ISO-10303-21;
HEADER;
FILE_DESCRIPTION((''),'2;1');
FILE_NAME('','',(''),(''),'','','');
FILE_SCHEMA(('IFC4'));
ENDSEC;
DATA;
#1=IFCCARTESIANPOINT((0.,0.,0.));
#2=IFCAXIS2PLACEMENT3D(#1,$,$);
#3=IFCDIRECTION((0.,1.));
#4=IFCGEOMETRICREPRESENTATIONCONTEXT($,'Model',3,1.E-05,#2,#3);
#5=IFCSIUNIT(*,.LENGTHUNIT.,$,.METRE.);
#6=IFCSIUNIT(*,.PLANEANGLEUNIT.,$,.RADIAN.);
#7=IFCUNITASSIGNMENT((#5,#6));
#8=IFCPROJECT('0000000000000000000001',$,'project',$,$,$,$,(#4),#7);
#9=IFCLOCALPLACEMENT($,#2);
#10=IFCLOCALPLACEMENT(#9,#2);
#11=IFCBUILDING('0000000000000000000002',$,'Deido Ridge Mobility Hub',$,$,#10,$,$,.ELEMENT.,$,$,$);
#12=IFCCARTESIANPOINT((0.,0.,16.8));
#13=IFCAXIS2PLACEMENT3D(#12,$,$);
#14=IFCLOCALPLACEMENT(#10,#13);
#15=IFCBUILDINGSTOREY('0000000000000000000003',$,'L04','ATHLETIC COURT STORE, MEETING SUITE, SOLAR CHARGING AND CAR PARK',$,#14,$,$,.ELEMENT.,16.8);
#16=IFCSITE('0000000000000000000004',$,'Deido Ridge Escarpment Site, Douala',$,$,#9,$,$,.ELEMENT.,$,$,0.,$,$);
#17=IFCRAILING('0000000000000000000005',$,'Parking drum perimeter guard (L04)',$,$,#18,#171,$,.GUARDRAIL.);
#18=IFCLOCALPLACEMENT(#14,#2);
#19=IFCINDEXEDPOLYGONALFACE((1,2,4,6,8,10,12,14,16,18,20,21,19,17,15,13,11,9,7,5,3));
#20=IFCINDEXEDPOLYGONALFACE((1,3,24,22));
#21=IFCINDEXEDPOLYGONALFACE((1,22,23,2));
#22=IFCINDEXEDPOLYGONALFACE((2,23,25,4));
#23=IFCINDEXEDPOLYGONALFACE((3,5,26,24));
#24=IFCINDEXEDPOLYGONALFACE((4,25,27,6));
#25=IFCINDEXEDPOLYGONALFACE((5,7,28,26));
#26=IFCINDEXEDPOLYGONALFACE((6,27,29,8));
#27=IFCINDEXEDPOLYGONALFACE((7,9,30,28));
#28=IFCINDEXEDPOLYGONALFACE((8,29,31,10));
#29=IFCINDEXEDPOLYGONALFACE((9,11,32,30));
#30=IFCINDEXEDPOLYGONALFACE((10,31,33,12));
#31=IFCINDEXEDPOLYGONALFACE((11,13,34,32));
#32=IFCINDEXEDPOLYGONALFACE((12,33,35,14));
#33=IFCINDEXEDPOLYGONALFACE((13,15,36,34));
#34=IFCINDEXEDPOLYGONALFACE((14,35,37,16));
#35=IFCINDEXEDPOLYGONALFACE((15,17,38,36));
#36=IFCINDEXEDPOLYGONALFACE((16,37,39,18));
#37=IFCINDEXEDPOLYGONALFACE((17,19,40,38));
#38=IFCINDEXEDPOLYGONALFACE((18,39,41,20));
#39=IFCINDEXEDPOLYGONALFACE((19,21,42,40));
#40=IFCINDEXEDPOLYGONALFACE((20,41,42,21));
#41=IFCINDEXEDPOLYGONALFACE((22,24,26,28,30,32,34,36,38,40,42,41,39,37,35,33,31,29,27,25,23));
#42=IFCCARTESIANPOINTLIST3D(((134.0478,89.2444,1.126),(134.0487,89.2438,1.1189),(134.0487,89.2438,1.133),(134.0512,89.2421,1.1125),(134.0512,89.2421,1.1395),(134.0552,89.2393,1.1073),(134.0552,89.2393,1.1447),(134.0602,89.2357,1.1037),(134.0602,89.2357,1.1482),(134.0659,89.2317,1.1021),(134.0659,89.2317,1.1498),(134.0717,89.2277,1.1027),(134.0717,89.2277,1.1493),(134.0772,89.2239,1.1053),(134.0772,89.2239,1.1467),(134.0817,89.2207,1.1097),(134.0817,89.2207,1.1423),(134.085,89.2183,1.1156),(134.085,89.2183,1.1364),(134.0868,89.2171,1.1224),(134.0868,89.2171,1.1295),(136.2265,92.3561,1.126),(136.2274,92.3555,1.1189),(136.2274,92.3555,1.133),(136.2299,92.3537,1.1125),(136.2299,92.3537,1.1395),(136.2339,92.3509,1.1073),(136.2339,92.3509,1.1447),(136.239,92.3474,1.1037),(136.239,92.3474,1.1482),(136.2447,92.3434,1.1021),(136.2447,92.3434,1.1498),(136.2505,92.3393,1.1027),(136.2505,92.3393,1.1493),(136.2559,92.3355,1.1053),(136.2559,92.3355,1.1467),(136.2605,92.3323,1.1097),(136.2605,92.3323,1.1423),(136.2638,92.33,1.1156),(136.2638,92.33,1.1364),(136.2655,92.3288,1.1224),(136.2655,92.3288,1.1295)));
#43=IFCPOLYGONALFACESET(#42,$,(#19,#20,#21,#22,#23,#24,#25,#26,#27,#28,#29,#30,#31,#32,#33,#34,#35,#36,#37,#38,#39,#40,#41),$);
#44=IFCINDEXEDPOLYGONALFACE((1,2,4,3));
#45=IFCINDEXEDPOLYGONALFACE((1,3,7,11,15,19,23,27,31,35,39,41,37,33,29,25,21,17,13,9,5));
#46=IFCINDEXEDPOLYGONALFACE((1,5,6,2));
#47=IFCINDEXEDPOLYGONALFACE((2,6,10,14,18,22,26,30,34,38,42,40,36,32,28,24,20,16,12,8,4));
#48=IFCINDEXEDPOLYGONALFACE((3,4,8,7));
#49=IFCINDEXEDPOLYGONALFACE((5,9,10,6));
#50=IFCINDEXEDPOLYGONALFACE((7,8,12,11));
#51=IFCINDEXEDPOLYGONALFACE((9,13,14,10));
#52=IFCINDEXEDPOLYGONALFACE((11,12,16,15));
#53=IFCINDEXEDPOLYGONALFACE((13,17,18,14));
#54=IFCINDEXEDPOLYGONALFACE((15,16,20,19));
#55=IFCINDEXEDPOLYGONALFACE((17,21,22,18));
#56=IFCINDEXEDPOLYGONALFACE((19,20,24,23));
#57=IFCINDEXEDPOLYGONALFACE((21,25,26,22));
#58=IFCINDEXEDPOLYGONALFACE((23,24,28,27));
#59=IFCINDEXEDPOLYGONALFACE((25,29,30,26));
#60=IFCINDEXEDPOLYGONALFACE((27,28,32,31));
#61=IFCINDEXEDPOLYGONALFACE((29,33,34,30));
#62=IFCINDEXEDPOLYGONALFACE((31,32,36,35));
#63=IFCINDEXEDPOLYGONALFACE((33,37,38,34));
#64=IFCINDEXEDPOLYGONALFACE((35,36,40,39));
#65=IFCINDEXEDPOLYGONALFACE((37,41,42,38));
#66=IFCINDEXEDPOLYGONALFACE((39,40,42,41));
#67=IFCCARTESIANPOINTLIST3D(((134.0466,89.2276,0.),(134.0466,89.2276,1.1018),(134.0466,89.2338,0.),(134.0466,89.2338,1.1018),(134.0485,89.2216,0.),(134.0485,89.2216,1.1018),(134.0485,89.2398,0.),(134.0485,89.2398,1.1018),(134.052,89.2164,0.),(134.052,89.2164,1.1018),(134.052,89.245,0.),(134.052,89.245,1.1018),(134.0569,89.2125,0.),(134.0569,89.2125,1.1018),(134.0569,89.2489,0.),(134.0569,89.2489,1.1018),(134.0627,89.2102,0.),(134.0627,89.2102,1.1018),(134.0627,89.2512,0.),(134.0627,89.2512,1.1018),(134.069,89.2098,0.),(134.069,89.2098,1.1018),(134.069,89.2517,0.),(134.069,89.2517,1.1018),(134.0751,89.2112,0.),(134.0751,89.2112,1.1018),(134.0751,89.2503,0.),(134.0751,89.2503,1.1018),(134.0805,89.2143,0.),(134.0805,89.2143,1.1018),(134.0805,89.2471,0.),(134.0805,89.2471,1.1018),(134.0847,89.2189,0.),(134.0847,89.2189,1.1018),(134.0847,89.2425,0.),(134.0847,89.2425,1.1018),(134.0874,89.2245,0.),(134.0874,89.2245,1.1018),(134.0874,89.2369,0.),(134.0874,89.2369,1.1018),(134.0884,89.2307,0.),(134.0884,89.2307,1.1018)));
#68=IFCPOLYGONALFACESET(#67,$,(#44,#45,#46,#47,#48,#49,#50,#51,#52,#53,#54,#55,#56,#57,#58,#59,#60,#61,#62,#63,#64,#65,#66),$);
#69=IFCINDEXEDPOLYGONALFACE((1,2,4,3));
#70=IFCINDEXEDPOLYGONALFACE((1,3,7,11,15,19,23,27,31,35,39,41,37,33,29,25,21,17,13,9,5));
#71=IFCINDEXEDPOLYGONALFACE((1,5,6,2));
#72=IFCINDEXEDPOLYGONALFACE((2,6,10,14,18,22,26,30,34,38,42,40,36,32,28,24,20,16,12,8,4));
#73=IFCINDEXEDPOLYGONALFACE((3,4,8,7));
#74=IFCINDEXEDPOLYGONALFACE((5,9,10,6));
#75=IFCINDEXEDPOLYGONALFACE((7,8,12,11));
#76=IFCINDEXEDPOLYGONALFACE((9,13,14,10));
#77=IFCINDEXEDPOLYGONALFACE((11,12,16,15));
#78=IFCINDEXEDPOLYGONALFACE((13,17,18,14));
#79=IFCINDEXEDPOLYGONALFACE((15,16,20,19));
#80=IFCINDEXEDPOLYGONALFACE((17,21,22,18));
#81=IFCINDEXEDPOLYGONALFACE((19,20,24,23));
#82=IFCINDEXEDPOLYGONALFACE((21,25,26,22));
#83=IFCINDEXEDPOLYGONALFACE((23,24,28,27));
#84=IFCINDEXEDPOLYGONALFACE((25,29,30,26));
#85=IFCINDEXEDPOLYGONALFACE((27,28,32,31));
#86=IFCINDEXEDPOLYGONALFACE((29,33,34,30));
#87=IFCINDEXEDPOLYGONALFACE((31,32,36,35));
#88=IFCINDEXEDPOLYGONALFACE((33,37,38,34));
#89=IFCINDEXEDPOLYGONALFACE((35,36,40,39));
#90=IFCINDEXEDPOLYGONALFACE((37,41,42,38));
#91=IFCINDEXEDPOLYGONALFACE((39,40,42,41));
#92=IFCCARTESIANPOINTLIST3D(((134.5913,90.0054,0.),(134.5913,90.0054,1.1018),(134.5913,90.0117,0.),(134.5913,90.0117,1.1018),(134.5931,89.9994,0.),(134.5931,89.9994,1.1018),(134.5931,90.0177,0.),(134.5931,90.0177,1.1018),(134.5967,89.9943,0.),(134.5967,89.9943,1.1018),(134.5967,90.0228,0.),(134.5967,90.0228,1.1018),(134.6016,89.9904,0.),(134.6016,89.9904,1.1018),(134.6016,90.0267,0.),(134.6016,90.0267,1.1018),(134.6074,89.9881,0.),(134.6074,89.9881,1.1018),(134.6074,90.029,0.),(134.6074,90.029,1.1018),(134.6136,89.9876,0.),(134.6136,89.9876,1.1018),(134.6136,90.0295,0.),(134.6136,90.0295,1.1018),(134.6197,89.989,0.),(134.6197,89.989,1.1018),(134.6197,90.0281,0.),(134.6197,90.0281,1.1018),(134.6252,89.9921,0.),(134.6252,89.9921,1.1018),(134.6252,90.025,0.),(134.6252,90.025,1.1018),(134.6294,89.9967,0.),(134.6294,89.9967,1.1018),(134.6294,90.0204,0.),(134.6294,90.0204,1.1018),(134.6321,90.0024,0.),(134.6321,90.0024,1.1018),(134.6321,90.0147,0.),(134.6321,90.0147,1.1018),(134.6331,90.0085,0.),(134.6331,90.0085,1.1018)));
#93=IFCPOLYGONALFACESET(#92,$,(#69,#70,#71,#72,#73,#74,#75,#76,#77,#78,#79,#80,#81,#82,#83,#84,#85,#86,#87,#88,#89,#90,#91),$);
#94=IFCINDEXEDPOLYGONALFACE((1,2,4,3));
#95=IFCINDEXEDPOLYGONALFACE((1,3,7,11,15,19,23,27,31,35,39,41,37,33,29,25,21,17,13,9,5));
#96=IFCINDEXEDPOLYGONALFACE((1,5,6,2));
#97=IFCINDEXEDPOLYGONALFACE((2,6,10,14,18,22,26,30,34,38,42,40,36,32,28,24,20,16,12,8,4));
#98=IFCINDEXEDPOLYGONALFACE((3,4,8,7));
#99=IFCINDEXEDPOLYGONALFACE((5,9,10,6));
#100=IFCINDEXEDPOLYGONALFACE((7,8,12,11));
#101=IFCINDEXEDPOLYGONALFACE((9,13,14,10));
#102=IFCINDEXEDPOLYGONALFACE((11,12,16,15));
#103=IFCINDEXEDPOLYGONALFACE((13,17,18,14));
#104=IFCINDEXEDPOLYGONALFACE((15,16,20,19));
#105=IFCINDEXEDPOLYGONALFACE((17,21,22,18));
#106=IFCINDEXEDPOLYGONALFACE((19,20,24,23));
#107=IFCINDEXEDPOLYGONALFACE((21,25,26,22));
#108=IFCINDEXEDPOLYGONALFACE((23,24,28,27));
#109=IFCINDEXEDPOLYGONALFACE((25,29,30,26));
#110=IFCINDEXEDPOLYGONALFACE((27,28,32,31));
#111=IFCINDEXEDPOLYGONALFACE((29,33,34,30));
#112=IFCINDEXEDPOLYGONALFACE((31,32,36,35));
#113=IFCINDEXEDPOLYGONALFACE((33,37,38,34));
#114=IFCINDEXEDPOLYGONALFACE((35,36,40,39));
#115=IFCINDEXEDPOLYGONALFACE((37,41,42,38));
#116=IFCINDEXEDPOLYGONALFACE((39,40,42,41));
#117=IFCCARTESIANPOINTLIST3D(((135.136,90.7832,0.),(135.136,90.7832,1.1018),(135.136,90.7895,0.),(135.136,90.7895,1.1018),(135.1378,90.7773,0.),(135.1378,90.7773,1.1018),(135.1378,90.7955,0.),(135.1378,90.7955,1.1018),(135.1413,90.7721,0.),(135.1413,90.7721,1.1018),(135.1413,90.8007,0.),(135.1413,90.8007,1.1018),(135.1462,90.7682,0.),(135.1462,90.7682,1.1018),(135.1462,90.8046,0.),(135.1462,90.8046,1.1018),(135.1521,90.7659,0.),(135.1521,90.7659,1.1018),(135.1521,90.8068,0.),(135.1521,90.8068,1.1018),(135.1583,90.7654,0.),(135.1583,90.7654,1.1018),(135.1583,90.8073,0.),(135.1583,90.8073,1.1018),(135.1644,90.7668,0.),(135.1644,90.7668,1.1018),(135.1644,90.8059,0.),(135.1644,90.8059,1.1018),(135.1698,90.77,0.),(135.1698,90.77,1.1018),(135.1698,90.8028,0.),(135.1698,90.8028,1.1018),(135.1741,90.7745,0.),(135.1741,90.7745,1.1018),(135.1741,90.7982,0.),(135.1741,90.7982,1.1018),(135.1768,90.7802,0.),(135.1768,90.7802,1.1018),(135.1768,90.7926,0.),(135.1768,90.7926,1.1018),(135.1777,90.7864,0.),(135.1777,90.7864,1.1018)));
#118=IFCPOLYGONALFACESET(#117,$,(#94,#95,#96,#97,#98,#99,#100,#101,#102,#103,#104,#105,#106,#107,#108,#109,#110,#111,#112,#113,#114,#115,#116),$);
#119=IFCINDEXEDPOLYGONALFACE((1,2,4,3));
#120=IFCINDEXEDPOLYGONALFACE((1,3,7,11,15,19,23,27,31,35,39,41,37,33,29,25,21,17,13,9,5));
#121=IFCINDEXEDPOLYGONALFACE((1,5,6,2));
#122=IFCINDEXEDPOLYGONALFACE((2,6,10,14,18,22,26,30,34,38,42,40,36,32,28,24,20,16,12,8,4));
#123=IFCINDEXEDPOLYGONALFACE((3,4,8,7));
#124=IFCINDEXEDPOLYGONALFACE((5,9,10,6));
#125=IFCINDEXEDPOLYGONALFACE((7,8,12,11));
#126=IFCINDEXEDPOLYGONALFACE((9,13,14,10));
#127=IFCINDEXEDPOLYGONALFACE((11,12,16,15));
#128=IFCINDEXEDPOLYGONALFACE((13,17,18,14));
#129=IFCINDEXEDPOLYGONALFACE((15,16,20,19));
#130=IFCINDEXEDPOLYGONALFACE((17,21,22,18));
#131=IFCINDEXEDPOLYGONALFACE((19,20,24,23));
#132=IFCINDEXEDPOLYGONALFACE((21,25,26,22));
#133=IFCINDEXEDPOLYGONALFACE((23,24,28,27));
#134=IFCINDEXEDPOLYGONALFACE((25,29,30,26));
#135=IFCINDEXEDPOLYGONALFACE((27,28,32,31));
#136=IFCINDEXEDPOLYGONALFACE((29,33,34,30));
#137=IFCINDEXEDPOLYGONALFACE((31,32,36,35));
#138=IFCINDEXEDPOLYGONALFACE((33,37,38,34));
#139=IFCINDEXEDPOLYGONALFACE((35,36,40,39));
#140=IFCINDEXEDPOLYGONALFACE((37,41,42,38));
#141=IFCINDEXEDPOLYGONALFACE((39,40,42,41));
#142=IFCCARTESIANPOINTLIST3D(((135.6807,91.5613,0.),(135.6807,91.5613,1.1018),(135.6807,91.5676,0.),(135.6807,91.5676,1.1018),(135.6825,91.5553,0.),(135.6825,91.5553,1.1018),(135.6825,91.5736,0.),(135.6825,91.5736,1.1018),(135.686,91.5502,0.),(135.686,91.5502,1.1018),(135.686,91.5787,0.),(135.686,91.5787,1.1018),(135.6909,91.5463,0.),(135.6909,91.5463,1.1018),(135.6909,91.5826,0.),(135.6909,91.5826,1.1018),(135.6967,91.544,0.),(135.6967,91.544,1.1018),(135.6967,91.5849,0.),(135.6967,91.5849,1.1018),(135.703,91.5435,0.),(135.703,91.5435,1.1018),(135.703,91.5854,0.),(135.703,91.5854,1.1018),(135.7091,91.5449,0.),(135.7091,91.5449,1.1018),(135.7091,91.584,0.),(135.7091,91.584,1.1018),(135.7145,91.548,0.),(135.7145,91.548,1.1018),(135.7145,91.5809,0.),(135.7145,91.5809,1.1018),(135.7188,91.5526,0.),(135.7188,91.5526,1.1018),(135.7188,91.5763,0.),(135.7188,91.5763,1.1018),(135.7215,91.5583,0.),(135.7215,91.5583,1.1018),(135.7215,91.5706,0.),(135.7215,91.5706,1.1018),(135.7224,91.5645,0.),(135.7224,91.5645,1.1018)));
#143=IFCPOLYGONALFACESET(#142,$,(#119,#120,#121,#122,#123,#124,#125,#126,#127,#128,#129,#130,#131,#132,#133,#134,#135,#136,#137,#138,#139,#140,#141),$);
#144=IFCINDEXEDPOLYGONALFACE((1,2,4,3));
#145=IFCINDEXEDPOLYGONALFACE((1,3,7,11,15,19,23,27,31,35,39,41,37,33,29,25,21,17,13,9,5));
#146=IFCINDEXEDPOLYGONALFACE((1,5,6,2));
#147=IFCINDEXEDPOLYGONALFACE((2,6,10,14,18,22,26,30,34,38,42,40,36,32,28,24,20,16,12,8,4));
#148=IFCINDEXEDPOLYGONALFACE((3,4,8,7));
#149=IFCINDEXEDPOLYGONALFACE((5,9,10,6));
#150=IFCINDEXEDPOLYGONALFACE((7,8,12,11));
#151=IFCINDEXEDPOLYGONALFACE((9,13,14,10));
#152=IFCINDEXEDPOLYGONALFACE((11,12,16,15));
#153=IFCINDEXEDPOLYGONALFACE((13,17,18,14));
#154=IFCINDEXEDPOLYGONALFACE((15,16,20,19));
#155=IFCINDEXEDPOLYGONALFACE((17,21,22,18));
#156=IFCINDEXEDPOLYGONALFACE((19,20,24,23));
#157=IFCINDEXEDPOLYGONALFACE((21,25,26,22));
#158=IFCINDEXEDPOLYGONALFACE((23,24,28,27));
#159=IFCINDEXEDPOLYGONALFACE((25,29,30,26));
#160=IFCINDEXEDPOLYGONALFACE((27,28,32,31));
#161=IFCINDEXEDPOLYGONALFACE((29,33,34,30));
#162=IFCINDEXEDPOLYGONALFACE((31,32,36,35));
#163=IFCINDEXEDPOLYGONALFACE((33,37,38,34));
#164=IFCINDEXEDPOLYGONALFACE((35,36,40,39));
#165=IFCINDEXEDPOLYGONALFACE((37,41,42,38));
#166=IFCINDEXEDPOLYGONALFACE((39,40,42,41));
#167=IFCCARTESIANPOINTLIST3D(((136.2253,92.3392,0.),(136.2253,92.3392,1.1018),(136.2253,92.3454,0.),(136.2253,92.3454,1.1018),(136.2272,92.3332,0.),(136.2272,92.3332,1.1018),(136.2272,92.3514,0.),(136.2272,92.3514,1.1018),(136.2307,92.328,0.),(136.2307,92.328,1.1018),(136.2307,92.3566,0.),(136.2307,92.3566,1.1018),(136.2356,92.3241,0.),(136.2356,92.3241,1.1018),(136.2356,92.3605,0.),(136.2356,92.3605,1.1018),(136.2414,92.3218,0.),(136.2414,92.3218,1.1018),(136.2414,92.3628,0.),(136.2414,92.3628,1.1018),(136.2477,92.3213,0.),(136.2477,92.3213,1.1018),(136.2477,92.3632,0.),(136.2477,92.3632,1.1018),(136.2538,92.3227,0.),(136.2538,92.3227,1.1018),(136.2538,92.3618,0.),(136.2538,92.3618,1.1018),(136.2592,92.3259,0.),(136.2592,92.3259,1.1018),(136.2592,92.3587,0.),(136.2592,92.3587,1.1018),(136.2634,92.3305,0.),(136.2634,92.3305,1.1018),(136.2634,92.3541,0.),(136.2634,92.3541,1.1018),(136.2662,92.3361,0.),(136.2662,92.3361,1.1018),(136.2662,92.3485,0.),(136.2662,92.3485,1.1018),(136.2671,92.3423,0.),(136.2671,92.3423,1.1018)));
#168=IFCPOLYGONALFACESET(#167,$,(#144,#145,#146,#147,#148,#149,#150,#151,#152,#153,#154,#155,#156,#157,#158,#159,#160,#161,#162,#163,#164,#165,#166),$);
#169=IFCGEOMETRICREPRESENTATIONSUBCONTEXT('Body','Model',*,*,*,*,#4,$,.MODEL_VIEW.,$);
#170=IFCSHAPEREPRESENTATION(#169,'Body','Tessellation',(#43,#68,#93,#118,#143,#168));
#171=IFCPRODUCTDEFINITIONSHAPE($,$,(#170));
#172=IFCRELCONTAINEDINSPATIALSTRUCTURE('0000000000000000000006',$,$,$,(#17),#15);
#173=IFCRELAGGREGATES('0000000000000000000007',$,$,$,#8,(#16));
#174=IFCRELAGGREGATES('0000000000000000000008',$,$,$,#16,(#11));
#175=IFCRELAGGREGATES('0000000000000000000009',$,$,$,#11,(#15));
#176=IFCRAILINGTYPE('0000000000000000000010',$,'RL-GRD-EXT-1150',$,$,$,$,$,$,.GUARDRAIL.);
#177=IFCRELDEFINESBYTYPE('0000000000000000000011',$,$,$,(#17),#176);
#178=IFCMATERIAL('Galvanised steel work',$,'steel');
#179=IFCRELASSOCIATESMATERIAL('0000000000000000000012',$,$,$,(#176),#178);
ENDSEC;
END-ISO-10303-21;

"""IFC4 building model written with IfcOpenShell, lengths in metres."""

from ifc_helpers import new_model, si_unit, direction, frame, origin, origin_2d, place, context, subcontext, project, spatial, circle, extrude, material, type_object, element, save


model = new_model("IFC4")

# Units and contexts
model_context = context("Model", 3, precision=1e-05, world=origin(), true_north=direction((0.0, 1.0)))
body_context = subcontext(model_context, "Body", "Model", "MODEL_VIEW")
ifc_project = project(units=[si_unit("LENGTHUNIT", "METRE"), si_unit("PLANEANGLEUNIT", "RADIAN")], contexts=[model_context])

# Site, building, storey
site_placement = place(None, origin())
site = spatial("IfcSite", under=ifc_project, at=site_placement, Name="Deido Ridge Escarpment Site, Douala", CompositionType="ELEMENT", RefElevation=0.0)
building_placement = place(site_placement, origin())
building = spatial("IfcBuilding", under=site, at=building_placement, Name="Deido Ridge Mobility Hub", CompositionType="ELEMENT")
storey_placement = place(building_placement, frame((0.0, 0.0, 16.8)))
storey = spatial("IfcBuildingStorey", under=building, at=storey_placement, Name="L04", Description="ATHLETIC COURT STORE, MEETING SUITE, SOLAR CHARGING AND CAR PARK", CompositionType="ELEMENT", Elevation=16.8)

# Railing
ifc_material_1 = material(Name="Galvanised steel work", Category="steel")
railing_type = type_object("IfcRailingType", Name="RL-GRD-EXT-1150", PredefinedType="GUARDRAIL", material=ifc_material_1)
railing_1_placement = place(storey_placement, frame((134.0674, 89.2307, 0.0)))
element("IfcRailing", 1, at=railing_1_placement, inside=storey, type_object=railing_type, Name="Parking drum perimeter guard (L04)", PredefinedType="GUARDRAIL", context=body_context, shape_type="SweptSolid", body=[
    extrude(circle(Radius=0.0239, at=origin_2d()), frame((0.0, 0.0, 1.126), z_axis=(0.57357, 0.819156, 0.0), x_axis=(-0.819156, 0.57357, 0.0)), (0.0, 0.0, 1.0), 3.7986),
    extrude(circle(Radius=0.021, at=origin_2d()), origin(), (0.0, 0.0, 1.0), 1.1018),
    extrude(circle(Radius=0.021, at=origin_2d()), frame((0.5447, 0.7778, 0.0)), (0.0, 0.0, 1.0), 1.1018),
    extrude(circle(Radius=0.021, at=origin_2d()), frame((1.0894, 1.5557, 0.0)), (0.0, 0.0, 1.0), 1.1018),
    extrude(circle(Radius=0.021, at=origin_2d()), frame((1.634, 2.3337, 0.0)), (0.0, 0.0, 1.0), 1.1018),
    extrude(circle(Radius=0.021, at=origin_2d()), frame((2.1787, 3.1116, 0.0)), (0.0, 0.0, 1.0), 1.1018),
])

save(model, "model.ifc")
